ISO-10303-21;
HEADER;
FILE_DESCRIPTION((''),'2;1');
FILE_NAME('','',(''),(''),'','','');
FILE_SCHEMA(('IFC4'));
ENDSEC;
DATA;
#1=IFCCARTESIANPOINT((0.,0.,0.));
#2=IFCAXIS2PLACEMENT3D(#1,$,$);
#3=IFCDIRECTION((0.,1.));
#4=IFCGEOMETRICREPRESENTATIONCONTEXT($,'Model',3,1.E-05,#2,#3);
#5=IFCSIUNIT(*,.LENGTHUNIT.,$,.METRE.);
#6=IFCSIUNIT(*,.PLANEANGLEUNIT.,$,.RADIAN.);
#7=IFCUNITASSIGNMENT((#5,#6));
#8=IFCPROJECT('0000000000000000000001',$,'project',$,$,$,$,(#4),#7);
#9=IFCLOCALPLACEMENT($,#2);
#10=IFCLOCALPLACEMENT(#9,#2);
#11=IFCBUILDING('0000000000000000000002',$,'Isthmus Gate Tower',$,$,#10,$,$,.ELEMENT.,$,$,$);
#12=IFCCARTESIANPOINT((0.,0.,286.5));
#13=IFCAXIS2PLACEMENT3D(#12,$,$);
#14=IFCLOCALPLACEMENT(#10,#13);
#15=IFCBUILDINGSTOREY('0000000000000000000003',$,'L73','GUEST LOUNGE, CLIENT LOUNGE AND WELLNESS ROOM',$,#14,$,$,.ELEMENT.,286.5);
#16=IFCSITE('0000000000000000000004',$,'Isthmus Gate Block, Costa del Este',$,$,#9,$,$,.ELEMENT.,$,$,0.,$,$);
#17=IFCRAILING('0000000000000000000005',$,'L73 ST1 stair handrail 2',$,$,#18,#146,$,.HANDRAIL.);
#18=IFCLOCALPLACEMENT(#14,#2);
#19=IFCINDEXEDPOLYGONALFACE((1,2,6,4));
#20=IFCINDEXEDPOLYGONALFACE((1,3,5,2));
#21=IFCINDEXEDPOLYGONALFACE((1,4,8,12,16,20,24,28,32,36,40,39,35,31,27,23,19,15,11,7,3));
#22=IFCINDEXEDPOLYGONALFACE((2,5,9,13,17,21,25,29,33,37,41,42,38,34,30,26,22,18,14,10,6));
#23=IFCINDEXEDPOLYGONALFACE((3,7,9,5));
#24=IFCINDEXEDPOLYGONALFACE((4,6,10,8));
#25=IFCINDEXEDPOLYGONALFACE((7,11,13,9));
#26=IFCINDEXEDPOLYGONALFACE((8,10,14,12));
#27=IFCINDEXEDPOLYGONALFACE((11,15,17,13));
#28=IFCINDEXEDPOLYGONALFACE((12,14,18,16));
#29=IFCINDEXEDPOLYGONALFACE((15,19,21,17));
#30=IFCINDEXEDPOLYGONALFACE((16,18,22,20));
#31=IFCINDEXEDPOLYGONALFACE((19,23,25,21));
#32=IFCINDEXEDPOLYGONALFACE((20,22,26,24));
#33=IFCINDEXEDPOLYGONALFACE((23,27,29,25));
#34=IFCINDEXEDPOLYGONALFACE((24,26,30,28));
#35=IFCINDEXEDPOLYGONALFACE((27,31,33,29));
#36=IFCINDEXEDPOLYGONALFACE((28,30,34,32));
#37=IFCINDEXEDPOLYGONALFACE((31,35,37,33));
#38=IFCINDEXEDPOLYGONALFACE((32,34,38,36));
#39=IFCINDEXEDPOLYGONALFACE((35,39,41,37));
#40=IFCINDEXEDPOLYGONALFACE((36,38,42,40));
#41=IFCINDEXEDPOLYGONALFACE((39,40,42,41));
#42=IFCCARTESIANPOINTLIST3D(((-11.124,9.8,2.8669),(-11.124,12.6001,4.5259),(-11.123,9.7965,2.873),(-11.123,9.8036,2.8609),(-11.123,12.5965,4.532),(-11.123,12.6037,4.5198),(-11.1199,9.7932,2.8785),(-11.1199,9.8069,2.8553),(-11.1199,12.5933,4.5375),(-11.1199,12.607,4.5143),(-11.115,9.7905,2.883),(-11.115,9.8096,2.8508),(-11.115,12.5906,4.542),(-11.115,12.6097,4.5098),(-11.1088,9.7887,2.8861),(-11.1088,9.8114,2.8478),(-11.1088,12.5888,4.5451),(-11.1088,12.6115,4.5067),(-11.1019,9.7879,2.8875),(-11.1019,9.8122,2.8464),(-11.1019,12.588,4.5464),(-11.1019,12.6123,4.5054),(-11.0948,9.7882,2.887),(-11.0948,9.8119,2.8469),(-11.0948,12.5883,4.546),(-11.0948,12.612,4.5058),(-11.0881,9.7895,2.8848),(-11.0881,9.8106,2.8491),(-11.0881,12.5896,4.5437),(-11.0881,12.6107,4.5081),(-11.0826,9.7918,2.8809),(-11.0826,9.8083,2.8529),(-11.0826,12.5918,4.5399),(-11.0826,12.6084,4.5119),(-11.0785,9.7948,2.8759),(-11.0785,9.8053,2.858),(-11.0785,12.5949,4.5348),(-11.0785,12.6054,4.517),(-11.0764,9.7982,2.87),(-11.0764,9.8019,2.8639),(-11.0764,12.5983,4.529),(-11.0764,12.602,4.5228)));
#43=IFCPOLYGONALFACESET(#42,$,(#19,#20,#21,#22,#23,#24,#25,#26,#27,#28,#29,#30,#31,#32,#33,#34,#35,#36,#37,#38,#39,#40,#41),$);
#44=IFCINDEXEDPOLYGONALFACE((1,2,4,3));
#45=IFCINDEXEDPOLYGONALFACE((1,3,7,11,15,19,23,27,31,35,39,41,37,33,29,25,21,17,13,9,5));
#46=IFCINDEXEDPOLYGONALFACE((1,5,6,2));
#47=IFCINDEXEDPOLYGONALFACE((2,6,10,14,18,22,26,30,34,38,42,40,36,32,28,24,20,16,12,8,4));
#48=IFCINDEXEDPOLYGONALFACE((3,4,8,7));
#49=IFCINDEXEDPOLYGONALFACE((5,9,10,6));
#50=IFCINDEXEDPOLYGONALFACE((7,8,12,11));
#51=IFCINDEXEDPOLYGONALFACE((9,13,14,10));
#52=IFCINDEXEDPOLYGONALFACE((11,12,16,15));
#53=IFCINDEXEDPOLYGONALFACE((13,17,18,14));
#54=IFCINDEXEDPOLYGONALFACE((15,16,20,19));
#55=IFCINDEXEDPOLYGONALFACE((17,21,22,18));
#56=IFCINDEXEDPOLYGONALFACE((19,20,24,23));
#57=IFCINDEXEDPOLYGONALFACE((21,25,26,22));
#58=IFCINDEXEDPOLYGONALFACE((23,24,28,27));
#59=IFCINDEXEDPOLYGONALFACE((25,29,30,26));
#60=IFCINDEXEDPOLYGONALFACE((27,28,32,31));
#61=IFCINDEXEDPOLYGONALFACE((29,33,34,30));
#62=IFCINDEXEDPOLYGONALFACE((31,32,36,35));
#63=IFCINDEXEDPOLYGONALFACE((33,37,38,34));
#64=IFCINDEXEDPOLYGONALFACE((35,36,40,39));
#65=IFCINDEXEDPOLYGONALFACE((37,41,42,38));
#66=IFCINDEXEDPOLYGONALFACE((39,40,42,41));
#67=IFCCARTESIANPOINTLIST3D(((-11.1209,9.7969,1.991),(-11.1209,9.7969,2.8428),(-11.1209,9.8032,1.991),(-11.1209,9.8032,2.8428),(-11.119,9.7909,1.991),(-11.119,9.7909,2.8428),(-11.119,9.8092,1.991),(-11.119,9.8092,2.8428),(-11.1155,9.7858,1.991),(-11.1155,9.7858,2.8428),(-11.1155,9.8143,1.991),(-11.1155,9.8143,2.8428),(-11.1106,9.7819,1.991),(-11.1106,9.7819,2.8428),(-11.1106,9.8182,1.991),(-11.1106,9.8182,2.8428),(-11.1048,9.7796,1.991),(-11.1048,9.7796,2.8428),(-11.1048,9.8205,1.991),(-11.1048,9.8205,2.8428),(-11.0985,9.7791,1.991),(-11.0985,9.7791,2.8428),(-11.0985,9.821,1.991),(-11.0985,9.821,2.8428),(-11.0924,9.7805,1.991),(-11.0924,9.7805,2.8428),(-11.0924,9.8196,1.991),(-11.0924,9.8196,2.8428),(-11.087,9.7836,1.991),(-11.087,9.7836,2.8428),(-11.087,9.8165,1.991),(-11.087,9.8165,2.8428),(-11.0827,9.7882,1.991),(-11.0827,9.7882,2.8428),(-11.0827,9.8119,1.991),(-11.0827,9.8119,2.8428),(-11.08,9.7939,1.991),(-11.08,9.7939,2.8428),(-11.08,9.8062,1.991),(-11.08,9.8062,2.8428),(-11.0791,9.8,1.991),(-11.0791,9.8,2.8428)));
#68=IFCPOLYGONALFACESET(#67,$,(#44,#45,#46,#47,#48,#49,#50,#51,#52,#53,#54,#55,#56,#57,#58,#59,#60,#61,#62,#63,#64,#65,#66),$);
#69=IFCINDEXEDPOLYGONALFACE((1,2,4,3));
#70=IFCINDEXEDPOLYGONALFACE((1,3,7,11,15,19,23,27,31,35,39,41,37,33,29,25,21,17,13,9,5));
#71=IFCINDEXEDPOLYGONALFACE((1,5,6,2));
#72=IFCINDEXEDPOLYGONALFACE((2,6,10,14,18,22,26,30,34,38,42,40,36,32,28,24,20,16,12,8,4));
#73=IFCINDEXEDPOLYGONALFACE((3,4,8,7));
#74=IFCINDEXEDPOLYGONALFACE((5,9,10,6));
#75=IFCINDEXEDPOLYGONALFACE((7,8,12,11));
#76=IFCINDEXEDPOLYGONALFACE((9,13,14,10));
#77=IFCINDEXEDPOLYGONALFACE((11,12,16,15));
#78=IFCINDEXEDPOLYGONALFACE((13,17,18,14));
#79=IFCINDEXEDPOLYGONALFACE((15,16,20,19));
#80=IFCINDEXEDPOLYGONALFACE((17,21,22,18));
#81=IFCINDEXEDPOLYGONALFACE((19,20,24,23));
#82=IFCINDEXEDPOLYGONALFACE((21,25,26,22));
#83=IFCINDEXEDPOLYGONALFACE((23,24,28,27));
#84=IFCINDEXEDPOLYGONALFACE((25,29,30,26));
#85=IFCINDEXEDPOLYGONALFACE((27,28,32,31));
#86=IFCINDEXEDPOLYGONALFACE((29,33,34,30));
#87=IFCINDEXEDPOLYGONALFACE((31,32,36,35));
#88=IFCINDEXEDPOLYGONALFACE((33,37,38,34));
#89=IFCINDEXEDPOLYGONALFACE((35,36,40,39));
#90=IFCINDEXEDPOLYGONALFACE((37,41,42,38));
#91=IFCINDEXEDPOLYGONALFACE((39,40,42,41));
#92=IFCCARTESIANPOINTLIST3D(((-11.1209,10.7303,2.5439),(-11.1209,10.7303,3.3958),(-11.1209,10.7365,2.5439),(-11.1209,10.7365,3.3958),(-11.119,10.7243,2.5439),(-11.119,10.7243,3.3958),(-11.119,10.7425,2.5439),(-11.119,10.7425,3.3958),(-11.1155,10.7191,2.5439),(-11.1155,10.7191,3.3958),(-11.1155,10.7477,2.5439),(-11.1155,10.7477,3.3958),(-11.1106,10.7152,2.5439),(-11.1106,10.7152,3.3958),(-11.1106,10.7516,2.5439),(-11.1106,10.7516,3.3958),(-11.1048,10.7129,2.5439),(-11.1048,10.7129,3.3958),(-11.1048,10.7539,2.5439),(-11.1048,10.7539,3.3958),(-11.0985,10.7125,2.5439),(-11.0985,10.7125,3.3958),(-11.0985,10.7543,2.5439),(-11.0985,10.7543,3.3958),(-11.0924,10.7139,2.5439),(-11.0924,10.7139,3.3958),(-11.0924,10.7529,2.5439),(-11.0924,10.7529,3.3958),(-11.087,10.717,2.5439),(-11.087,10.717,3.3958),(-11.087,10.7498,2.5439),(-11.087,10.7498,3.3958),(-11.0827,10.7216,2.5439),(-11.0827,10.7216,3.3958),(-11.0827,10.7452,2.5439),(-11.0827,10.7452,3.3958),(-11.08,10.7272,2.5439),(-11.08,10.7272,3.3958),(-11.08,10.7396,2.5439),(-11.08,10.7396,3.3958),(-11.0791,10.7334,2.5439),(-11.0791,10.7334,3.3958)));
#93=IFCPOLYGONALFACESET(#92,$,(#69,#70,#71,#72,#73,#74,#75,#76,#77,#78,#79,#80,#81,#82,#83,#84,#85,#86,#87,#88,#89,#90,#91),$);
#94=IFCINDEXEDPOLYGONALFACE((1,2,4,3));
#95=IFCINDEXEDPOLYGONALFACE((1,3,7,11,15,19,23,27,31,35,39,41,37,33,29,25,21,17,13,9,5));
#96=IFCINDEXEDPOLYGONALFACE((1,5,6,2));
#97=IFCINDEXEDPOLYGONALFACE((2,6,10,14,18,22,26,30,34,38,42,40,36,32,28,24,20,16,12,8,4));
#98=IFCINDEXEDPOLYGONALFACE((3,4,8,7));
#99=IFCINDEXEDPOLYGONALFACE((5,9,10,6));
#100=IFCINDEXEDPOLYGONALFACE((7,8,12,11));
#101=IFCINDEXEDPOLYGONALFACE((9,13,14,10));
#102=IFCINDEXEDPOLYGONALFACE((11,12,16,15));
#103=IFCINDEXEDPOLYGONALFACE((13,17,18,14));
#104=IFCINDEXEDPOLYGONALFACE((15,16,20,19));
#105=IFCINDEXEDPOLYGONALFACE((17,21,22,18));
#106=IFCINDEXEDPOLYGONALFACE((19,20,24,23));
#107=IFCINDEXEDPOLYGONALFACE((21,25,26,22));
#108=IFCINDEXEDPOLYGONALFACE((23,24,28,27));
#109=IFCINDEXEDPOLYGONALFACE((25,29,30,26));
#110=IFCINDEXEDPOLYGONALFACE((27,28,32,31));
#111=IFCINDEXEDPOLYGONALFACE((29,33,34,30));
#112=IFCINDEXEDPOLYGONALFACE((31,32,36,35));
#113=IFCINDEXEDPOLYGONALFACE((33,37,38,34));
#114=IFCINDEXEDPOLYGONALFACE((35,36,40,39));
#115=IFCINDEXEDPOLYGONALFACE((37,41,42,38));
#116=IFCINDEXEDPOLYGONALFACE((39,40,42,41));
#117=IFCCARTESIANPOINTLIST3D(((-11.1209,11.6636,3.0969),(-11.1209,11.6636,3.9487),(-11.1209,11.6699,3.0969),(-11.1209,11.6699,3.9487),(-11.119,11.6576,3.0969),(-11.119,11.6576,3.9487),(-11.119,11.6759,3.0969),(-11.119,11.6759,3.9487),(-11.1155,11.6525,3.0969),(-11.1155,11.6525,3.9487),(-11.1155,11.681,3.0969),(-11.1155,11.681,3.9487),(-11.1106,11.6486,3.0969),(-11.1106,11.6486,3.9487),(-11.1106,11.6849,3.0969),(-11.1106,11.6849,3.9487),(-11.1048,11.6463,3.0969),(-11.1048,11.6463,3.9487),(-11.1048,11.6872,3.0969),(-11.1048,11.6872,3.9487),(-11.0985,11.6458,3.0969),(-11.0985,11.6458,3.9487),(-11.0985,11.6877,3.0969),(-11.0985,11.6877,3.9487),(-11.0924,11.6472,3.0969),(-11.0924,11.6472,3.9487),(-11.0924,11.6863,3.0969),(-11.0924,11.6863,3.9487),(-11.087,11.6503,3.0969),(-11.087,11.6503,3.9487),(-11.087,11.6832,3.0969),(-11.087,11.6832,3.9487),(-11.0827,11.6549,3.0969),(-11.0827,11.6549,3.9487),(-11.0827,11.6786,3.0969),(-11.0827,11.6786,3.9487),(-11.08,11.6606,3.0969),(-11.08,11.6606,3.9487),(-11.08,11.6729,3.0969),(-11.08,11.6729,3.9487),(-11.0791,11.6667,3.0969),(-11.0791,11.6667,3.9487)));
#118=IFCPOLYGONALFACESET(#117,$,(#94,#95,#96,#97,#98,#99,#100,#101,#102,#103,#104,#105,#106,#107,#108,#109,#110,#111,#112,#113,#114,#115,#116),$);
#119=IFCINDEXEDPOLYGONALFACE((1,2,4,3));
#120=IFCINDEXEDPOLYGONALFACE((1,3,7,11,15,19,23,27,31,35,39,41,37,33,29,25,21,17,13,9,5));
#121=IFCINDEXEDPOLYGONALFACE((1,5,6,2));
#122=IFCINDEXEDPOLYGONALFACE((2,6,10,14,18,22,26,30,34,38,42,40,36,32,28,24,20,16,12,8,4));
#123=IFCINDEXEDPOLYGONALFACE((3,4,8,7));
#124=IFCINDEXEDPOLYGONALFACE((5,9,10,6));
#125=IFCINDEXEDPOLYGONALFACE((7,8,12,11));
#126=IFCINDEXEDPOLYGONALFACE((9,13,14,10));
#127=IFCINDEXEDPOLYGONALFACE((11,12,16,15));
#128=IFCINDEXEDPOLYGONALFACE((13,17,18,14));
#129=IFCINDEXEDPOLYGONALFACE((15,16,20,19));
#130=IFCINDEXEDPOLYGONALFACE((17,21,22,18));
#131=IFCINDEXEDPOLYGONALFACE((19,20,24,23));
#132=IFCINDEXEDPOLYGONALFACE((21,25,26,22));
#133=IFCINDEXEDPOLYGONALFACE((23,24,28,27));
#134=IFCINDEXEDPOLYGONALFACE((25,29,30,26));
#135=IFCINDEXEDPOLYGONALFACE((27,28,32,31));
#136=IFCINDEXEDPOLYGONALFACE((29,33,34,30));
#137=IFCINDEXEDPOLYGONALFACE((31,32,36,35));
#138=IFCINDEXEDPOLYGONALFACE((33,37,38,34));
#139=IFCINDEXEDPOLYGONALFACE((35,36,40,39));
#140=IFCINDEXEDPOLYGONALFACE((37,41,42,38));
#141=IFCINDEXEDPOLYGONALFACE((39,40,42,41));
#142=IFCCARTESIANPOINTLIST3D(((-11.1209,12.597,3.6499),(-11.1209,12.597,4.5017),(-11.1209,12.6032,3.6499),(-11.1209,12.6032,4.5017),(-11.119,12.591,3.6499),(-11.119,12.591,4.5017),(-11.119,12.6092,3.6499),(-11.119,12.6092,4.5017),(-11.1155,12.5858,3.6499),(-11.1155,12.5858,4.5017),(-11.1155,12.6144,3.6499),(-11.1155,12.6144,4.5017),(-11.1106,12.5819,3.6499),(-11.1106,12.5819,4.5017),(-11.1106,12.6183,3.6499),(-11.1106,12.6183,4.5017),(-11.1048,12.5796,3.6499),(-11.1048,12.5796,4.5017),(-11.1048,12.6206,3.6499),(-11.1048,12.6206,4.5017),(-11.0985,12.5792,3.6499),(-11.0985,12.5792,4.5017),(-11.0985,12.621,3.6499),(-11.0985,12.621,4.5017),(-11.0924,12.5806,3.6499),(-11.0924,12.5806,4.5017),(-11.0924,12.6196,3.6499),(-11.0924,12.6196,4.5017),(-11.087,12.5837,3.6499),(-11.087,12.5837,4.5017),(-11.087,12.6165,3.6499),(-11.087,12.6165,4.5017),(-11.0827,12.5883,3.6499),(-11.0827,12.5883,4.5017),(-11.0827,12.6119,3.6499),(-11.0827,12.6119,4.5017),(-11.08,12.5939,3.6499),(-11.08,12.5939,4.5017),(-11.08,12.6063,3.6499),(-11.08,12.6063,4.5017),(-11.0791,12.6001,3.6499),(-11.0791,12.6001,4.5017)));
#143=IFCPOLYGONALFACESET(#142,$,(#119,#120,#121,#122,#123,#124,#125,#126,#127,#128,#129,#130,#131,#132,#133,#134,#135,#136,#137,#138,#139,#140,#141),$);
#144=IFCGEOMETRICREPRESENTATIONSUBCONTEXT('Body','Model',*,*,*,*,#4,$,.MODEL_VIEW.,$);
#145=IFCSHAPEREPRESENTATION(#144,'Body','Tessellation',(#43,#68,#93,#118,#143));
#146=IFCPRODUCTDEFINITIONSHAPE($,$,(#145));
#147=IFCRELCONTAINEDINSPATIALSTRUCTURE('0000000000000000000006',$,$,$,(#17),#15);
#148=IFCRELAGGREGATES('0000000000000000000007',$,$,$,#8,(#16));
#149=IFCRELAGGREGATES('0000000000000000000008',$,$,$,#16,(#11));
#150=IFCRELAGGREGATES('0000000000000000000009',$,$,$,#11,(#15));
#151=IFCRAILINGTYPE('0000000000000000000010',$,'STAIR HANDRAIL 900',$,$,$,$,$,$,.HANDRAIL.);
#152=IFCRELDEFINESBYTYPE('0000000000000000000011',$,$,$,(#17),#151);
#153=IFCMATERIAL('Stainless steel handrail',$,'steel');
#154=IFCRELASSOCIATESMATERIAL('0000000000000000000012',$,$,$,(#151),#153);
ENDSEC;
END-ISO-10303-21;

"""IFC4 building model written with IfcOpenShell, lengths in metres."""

from ifc_helpers import new_model, si_unit, direction, frame, origin, origin_2d, place, context, subcontext, project, spatial, circle, extrude, material, type_object, element, save


model = new_model("IFC4")

# Units and contexts
model_context = context("Model", 3, precision=1e-05, world=origin(), true_north=direction((0.0, 1.0)))
body_context = subcontext(model_context, "Body", "Model", "MODEL_VIEW")
ifc_project = project(units=[si_unit("LENGTHUNIT", "METRE"), si_unit("PLANEANGLEUNIT", "RADIAN")], contexts=[model_context])

# Site, building, storey
site_placement = place(None, origin())
site = spatial("IfcSite", under=ifc_project, at=site_placement, Name="Isthmus Gate Block, Costa del Este", CompositionType="ELEMENT", RefElevation=0.0)
building_placement = place(site_placement, origin())
building = spatial("IfcBuilding", under=site, at=building_placement, Name="Isthmus Gate Tower", CompositionType="ELEMENT")
storey_placement = place(building_placement, frame((0.0, 0.0, 286.5)))
storey = spatial("IfcBuildingStorey", under=building, at=storey_placement, Name="L73", Description="GUEST LOUNGE, CLIENT LOUNGE AND WELLNESS ROOM", CompositionType="ELEMENT", Elevation=286.5)

# Railing
ifc_material_1 = material(Name="Stainless steel handrail", Category="steel")
railing_type_1 = type_object("IfcRailingType", Name="STAIR HANDRAIL 900", PredefinedType="HANDRAIL", material=ifc_material_1)
railing_1_placement = place(storey_placement, frame((-11.1001, 9.8, 1.991)))
element("IfcRailing", 1, at=railing_1_placement, inside=storey, type_object=railing_type_1, Name="L73 ST1 stair handrail 2", PredefinedType="HANDRAIL", context=body_context, shape_type="SweptSolid", body=[
    extrude(circle(Radius=0.0239, at=origin_2d()), frame((0.0, 0.0, 0.876), z_axis=(0.0, 0.860339, 0.509722), x_axis=(-1.0, 0.0, 0.0)), (0.0, 0.0, 1.0), 3.2546),
    extrude(circle(Radius=0.021, at=origin_2d()), origin(), (0.0, 0.0, 1.0), 0.8518),
    extrude(circle(Radius=0.021, at=origin_2d()), frame((0.0, 0.9333, 0.553)), (0.0, 0.0, 1.0), 0.8518),
    extrude(circle(Radius=0.021, at=origin_2d()), frame((0.0, 1.8667, 1.106)), (0.0, 0.0, 1.0), 0.8518),
    extrude(circle(Radius=0.021, at=origin_2d()), frame((0.0, 2.8, 1.6589)), (0.0, 0.0, 1.0), 0.8518),
])

save(model, "model.ifc")
